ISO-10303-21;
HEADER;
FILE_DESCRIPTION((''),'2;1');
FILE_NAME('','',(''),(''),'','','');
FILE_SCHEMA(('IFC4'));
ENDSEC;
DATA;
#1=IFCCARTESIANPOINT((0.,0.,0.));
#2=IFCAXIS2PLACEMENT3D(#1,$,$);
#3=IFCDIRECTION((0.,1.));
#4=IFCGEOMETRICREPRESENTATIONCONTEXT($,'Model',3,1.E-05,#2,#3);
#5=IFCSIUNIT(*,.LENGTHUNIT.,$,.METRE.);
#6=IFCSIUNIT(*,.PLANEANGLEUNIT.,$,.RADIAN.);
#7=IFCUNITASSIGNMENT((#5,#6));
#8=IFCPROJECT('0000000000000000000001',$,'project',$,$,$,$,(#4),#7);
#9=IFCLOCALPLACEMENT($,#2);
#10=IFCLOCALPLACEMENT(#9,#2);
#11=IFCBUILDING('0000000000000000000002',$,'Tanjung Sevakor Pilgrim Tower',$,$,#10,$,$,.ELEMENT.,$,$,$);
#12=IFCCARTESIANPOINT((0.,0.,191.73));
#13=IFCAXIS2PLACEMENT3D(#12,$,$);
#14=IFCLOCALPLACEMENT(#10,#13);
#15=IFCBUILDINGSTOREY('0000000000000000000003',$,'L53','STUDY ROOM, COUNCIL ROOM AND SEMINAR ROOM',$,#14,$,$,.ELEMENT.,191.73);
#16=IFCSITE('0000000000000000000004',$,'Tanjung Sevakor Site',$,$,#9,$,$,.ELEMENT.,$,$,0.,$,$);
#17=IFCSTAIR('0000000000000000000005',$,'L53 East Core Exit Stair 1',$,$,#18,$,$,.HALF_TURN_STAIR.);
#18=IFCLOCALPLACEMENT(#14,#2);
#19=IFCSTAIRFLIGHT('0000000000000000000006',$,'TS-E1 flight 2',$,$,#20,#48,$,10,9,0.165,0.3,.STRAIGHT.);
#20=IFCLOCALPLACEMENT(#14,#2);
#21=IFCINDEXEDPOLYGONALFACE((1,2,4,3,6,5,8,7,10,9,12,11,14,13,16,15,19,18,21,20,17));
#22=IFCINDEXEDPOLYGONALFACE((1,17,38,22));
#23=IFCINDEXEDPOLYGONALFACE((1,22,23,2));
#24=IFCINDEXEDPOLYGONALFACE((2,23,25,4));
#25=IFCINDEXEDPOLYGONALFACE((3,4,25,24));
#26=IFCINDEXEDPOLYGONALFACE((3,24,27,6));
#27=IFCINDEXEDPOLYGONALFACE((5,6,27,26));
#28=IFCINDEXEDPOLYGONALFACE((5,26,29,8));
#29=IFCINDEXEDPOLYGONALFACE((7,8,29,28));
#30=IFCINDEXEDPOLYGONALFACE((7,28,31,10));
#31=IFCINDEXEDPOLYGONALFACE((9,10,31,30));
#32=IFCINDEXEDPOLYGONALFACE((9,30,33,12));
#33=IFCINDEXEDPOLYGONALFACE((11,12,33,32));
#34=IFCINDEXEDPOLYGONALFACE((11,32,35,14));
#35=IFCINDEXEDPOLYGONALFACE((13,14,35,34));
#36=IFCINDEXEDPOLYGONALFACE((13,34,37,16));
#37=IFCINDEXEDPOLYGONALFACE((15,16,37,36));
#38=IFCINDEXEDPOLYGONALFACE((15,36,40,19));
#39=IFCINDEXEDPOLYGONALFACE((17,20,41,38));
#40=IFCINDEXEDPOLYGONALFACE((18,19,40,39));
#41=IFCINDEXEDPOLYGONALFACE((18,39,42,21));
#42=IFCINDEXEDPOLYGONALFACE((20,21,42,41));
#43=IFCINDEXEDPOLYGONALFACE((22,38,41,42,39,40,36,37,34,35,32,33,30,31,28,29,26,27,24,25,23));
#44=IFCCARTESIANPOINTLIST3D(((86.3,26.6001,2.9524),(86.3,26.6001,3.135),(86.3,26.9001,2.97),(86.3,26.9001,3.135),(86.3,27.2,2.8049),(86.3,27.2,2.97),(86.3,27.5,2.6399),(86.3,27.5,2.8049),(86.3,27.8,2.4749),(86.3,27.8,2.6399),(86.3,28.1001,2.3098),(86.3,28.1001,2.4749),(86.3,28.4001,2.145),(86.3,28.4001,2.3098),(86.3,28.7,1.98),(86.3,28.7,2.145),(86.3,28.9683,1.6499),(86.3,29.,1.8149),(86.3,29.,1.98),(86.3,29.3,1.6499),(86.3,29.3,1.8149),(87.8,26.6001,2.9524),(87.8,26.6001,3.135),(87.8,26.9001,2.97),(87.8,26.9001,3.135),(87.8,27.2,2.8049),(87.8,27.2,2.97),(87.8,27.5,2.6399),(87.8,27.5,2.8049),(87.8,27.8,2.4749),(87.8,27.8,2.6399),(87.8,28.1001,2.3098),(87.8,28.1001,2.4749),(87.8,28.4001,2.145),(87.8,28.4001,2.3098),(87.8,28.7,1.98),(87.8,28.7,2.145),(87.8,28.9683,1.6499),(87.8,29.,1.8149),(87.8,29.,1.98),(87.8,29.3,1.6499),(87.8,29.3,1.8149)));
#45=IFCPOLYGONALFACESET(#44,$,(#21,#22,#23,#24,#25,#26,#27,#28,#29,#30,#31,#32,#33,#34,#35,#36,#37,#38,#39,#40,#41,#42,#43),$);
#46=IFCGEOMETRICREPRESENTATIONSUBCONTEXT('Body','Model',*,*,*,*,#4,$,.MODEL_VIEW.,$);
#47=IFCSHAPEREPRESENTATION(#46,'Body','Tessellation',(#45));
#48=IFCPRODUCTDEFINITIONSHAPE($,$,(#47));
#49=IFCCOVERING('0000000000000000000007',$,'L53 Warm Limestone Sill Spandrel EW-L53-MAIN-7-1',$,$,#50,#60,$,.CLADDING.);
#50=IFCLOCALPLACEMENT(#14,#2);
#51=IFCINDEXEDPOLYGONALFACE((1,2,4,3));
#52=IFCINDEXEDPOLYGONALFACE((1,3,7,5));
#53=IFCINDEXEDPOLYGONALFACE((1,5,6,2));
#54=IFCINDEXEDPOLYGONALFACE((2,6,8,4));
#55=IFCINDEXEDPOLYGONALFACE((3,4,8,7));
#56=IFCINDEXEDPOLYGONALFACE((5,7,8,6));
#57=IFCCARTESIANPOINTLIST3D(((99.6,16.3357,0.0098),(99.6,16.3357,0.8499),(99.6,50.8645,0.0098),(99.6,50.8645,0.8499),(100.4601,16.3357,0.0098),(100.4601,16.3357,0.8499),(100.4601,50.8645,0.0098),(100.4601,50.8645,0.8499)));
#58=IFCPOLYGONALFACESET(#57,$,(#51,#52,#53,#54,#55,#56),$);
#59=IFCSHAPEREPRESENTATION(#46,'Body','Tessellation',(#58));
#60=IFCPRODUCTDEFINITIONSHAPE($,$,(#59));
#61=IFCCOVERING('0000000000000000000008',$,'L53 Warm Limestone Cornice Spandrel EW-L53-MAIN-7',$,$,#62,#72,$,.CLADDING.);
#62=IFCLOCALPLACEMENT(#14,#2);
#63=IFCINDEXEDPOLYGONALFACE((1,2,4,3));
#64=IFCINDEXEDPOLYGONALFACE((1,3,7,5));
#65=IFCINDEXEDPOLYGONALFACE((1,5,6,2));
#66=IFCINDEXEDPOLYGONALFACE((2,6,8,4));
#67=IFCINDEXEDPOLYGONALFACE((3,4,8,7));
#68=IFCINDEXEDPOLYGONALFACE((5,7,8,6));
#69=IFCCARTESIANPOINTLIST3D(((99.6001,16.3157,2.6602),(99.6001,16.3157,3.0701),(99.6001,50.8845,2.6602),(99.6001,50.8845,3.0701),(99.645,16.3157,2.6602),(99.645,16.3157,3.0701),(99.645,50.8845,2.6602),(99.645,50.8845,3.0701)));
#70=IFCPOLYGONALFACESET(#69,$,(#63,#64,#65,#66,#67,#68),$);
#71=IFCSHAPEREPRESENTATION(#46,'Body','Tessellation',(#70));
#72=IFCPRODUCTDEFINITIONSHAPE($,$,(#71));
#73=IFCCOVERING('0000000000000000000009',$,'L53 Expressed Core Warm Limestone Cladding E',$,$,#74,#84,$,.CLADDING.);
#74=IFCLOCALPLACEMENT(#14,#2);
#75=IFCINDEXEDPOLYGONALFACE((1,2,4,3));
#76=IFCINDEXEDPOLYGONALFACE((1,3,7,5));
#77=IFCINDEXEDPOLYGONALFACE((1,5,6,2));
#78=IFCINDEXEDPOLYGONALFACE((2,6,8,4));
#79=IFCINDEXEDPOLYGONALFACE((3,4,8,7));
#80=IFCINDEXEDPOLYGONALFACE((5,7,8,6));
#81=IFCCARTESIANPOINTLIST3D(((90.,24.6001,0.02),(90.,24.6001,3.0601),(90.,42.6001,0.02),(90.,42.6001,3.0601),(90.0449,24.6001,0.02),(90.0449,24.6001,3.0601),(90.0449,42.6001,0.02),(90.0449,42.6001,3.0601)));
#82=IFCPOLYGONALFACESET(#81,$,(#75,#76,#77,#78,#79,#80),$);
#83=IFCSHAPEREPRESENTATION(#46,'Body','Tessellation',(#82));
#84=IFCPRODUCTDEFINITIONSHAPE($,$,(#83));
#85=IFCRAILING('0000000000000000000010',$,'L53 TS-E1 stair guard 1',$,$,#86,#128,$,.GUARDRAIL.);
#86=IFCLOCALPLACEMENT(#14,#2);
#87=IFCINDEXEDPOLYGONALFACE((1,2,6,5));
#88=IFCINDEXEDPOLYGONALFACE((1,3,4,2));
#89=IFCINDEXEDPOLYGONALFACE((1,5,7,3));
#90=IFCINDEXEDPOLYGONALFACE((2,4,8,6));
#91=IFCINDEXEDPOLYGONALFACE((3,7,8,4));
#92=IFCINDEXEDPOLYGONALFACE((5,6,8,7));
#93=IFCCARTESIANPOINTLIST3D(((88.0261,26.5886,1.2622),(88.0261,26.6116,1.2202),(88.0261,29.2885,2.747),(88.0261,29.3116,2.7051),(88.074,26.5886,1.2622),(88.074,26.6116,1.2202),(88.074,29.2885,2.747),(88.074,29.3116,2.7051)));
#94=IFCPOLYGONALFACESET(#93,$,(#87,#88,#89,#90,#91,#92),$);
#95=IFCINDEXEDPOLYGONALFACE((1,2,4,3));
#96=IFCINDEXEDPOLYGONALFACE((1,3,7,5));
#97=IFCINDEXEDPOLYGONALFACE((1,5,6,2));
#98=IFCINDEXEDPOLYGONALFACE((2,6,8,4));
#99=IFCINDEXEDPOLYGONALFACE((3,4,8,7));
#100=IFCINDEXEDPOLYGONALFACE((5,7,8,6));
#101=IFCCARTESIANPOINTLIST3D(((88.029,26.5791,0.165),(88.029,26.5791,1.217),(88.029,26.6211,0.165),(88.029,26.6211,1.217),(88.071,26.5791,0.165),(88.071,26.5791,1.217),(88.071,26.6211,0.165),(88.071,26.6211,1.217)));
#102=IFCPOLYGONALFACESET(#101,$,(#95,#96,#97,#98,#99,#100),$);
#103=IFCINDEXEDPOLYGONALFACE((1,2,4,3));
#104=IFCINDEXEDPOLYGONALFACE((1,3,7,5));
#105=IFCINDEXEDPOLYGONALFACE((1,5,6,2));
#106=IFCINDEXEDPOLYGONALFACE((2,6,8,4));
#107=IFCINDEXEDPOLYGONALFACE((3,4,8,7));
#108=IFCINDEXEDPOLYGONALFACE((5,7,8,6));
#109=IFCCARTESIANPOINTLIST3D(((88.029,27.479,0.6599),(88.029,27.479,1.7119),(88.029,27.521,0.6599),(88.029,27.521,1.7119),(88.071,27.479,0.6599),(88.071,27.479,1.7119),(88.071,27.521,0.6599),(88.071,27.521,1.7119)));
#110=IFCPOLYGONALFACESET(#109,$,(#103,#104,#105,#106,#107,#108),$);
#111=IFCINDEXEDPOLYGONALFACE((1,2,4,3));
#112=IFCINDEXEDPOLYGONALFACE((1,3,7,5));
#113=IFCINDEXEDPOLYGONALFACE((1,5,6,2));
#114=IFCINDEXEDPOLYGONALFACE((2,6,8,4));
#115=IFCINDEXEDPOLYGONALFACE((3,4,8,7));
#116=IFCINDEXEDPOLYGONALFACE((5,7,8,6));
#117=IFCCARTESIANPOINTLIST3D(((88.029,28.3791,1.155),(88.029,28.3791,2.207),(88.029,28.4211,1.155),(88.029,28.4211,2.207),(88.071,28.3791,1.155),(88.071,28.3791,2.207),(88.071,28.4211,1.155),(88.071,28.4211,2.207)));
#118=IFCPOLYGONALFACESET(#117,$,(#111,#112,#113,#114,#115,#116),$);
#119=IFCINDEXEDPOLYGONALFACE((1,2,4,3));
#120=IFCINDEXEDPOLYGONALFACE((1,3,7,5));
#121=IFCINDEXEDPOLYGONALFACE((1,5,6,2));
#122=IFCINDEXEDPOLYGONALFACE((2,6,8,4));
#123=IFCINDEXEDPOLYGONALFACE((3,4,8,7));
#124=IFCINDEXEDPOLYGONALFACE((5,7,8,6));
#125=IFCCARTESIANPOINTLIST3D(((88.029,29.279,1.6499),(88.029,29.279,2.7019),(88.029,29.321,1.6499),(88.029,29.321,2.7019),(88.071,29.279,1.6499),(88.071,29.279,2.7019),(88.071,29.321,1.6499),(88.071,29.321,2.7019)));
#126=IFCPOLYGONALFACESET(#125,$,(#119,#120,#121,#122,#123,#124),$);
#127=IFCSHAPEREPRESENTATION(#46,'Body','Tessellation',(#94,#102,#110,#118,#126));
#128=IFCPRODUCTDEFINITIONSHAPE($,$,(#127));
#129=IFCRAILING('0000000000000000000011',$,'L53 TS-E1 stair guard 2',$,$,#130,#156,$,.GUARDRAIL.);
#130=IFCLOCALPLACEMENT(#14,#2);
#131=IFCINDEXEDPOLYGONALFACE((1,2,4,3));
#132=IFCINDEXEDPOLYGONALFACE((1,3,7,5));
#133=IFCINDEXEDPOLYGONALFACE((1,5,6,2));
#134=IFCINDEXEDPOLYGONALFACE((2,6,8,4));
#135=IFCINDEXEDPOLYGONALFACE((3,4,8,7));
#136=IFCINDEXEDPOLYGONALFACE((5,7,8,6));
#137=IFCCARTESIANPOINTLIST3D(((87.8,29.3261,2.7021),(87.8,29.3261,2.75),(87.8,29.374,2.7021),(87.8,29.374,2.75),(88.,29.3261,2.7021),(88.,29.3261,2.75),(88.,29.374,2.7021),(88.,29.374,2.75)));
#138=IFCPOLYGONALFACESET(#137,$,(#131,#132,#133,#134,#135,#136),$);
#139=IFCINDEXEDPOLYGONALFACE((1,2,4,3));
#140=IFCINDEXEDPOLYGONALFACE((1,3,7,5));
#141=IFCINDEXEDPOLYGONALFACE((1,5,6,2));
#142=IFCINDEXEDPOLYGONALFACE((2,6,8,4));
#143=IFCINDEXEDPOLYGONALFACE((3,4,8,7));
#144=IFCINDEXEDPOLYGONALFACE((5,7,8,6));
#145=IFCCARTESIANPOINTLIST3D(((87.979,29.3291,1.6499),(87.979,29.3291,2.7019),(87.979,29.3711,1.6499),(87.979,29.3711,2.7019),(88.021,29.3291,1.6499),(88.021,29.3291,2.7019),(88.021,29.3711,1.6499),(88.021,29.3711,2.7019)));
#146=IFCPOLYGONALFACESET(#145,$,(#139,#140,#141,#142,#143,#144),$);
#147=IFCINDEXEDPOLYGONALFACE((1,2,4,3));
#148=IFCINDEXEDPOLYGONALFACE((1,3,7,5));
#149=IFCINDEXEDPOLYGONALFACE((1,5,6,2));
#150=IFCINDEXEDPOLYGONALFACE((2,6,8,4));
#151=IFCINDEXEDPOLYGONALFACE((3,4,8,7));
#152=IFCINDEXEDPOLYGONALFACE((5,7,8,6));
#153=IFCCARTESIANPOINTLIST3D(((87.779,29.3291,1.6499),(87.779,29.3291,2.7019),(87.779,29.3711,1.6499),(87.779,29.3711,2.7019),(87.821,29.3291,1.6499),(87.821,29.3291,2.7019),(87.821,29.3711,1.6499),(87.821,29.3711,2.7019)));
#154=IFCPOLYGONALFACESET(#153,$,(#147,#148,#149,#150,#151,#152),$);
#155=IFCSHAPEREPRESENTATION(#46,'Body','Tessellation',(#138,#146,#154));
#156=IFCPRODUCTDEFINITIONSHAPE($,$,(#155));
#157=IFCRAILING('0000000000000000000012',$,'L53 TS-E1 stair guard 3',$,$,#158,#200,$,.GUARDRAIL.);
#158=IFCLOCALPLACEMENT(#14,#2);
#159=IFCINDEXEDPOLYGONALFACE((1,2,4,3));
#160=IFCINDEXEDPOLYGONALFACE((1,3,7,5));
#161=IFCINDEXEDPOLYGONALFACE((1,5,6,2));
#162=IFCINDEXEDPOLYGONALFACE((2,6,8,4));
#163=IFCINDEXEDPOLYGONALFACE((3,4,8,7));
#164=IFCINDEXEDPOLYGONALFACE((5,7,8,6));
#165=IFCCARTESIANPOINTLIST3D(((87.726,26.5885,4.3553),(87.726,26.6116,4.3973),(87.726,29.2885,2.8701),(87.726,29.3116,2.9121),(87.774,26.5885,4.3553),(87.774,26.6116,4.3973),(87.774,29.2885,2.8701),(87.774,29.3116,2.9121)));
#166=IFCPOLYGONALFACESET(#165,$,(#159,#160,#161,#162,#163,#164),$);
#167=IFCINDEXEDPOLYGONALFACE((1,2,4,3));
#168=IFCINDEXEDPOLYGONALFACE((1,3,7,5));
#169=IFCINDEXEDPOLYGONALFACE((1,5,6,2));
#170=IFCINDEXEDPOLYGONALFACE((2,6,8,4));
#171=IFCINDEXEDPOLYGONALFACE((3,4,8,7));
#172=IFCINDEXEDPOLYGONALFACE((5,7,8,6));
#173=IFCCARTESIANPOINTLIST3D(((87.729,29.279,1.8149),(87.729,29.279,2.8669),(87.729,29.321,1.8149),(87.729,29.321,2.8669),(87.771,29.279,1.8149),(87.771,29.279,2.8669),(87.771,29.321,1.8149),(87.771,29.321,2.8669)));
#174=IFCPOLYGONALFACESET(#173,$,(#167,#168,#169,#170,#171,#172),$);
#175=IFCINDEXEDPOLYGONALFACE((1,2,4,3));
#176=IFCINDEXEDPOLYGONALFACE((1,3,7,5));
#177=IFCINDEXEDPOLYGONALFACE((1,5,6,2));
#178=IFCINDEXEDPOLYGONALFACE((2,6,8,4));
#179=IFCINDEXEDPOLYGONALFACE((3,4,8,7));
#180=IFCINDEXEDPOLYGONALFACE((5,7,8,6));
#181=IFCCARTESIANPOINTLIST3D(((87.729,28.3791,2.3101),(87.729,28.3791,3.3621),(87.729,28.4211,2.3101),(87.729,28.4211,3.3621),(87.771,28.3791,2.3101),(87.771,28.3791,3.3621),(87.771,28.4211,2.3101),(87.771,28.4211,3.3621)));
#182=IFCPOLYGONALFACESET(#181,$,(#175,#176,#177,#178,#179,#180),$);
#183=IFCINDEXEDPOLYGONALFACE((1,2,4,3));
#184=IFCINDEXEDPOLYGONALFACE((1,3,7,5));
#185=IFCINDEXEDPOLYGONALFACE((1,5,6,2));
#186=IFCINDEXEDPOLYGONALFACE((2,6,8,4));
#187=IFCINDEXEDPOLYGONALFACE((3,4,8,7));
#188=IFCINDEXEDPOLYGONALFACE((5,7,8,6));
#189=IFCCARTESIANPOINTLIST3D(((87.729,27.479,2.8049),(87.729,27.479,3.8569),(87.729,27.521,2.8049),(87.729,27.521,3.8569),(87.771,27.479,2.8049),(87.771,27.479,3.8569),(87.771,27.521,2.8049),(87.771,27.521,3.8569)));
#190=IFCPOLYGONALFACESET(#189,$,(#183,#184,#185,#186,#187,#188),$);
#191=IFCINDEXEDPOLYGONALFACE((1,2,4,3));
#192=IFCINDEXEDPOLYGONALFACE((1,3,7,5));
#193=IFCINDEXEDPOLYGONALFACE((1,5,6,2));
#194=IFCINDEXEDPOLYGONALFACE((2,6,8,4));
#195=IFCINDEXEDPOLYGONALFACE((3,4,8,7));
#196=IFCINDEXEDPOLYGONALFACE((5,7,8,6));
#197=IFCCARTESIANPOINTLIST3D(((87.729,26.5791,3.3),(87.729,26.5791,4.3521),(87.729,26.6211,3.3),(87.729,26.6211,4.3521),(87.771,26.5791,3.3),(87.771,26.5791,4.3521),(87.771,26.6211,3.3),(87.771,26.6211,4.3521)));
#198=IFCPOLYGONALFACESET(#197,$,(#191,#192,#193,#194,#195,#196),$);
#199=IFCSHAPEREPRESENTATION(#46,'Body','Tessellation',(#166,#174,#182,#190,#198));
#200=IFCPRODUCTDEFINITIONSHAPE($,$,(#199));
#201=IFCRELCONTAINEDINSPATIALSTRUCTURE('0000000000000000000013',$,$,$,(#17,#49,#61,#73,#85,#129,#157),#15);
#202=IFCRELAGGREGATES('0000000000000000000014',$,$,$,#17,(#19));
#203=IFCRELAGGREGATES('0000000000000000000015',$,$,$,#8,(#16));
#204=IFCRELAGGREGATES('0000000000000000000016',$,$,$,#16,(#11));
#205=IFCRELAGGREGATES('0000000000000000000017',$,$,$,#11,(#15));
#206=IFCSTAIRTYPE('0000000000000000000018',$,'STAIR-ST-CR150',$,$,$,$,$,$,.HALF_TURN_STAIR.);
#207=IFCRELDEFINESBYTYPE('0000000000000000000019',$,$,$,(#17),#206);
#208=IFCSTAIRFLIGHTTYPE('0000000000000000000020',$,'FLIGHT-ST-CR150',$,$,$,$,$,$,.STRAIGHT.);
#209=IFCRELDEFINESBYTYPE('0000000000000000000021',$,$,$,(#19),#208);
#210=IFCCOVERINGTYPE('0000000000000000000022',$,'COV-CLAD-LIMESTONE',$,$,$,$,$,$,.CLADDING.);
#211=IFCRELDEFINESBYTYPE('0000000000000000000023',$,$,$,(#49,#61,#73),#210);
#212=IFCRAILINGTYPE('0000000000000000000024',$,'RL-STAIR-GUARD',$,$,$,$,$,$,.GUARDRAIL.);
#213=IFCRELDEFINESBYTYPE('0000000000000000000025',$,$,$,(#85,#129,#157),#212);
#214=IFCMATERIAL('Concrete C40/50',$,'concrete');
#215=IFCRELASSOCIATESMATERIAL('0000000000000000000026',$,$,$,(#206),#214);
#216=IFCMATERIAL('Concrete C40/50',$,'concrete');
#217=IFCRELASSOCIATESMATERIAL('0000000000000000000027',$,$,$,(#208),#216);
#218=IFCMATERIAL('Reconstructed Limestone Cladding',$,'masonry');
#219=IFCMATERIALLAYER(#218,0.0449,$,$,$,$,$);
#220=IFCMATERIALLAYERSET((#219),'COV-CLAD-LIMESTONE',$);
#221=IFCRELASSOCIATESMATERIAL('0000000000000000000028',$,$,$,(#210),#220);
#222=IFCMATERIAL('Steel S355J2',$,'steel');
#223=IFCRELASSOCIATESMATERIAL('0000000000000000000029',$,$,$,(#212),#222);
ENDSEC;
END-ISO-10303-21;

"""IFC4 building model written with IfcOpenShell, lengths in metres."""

from ifc_helpers import new_model, si_unit, direction, frame, origin, origin_2d, place, context, subcontext, project, spatial, polyline, rectangle, outline, extrude, material, layer, layer_set, type_object, element, aggregate, save


model = new_model("IFC4")

# Units and contexts
model_context = context("Model", 3, precision=1e-05, world=origin(), true_north=direction((0.0, 1.0)))
body_context = subcontext(model_context, "Body", "Model", "MODEL_VIEW")
ifc_project = project(units=[si_unit("LENGTHUNIT", "METRE"), si_unit("PLANEANGLEUNIT", "RADIAN")], contexts=[model_context])

# Site, building, storey
site_placement = place(None, origin())
site = spatial("IfcSite", under=ifc_project, at=site_placement, Name="Tanjung Sevakor Site", CompositionType="ELEMENT", RefElevation=0.0)
building_placement = place(site_placement, origin())
building = spatial("IfcBuilding", under=site, at=building_placement, Name="Tanjung Sevakor Pilgrim Tower", CompositionType="ELEMENT")
storey_placement = place(building_placement, frame((0.0, 0.0, 191.73)))
storey = spatial("IfcBuildingStorey", under=building, at=storey_placement, Name="L53", Description="STUDY ROOM, COUNCIL ROOM AND SEMINAR ROOM", CompositionType="ELEMENT", Elevation=191.73)

# Stair, stair flight
ifc_material_1 = material(Name="Concrete C40/50", Category="concrete")
stair_type = type_object("IfcStairType", Name="STAIR-ST-CR150", PredefinedType="HALF_TURN_STAIR", material=ifc_material_1)
stair_placement = place(storey_placement, origin())
stair = element("IfcStair", 1, at=stair_placement, inside=storey, type_object=stair_type, Name="L53 East Core Exit Stair 1", PredefinedType="HALF_TURN_STAIR")
ifc_material_2 = material(Name="Concrete C40/50", Category="concrete")
stair_flight_type = type_object("IfcStairFlightType", Name="FLIGHT-ST-CR150", PredefinedType="STRAIGHT", material=ifc_material_2)
stair_flight_1_placement = place(storey_placement, frame((87.05, 29.3, 1.6499), z_axis=(0.0, 0.0, 1.0), x_axis=(0.0, -1.0, 0.0)))
stair_flight_1 = element("IfcStairFlight", 2, at=stair_flight_1_placement, type_object=stair_flight_type, Name="TS-E1 flight 2", NumberOfRisers=10, NumberOfTreads=9, PredefinedType="STRAIGHT", RiserHeight=0.165, TreadLength=0.3, context=body_context, shape_type="SweptSolid", body=[
    extrude(outline(polyline([(0.0, 0.0), (0.0, 0.165), (0.3, 0.165), (0.3, 0.3301), (0.6001, 0.3301), (0.6001, 0.4951), (0.8999, 0.4951), (0.8999, 0.6599), (1.2, 0.6599), (1.2, 0.825), (1.5, 0.825), (1.5, 0.99), (1.8, 0.99), (1.8, 1.155), (2.1001, 1.155), (2.1001, 1.3201), (2.3999, 1.3201), (2.3999, 1.4851), (2.7, 1.4851), (2.7, 1.6499), (2.7, 1.3025), (0.3318, 0.0), (0.0, 0.0)])), frame((0.0, 0.75, 0.0), z_axis=(0.0, -1.0, 0.0), x_axis=(1.0, 0.0, 0.0)), (0.0, 0.0, 1.0), 1.5),
])
aggregate(stair, [stair_flight_1])

# Coverings
ifc_material_3 = material(Name="Reconstructed Limestone Cladding", Category="masonry")
ifc_layer_1 = layer(ifc_material_3, 0.0449)
ifc_layer_set_1 = layer_set([ifc_layer_1], Name="COV-CLAD-LIMESTONE")
covering_type = type_object("IfcCoveringType", Name="COV-CLAD-LIMESTONE", PredefinedType="CLADDING", material=ifc_layer_set_1)
covering_1_placement = place(storey_placement, frame((100.03, 33.6001, 0.0098), z_axis=(0.0, 0.0, 1.0), x_axis=(0.0, 1.0, 0.0)))
element("IfcCovering", 3, at=covering_1_placement, inside=storey, type_object=covering_type, Name="L53 Warm Limestone Sill Spandrel EW-L53-MAIN-7-1", PredefinedType="CLADDING", context=body_context, shape_type="SweptSolid", body=[
    extrude(rectangle(XDim=34.5288, YDim=0.8601, at=origin_2d()), origin(), (0.0, 0.0, 1.0), 0.8401),
])
covering_2_placement = place(storey_placement, frame((99.6226, 33.6001, 2.6602), z_axis=(0.0, 0.0, 1.0), x_axis=(0.0, 1.0, 0.0)))
element("IfcCovering", 4, at=covering_2_placement, inside=storey, type_object=covering_type, Name="L53 Warm Limestone Cornice Spandrel EW-L53-MAIN-7", PredefinedType="CLADDING", context=body_context, shape_type="SweptSolid", body=[
    extrude(rectangle(XDim=34.5688, YDim=0.0449, at=origin_2d()), origin(), (0.0, 0.0, 1.0), 0.4099),
])
covering_3_placement = place(storey_placement, frame((90.0225, 33.6001, 0.02), z_axis=(0.0, 0.0, 1.0), x_axis=(1.0, 0.0, 0.0)))
element("IfcCovering", 5, at=covering_3_placement, inside=storey, type_object=covering_type, Name="L53 Expressed Core Warm Limestone Cladding E", PredefinedType="CLADDING", context=body_context, shape_type="SweptSolid", body=[
    extrude(rectangle(XDim=0.0449, YDim=18.0, at=origin_2d()), origin(), (0.0, 0.0, 1.0), 3.04),
])

# Railings
ifc_material_4 = material(Name="Steel S355J2", Category="steel")
railing_type_1 = type_object("IfcRailingType", Name="RL-STAIR-GUARD", PredefinedType="GUARDRAIL", material=ifc_material_4)
railing_1_placement = place(storey_placement, frame((88.05, 26.6001, 0.165)))
element("IfcRailing", 6, at=railing_1_placement, inside=storey, type_object=railing_type_1, Name="L53 TS-E1 stair guard 1", PredefinedType="GUARDRAIL", context=body_context, shape_type="SweptSolid", body=[
    extrude(rectangle(XDim=0.0479, YDim=0.0479), frame((0.0, 0.0, 1.0762), z_axis=(0.0, 0.876231, 0.481891), x_axis=(-1.0, 0.0, 0.0)), (0.0, 0.0, 1.0), 3.0813),
    extrude(rectangle(XDim=0.042, YDim=0.042), origin(), (0.0, 0.0, 1.0), 1.052),
    extrude(rectangle(XDim=0.042, YDim=0.042), frame((0.0, 0.8999, 0.4949)), (0.0, 0.0, 1.0), 1.052),
    extrude(rectangle(XDim=0.042, YDim=0.042), frame((0.0, 1.8, 0.99)), (0.0, 0.0, 1.0), 1.052),
    extrude(rectangle(XDim=0.042, YDim=0.042), frame((0.0, 2.7, 1.4849)), (0.0, 0.0, 1.0), 1.052),
])
railing_2_placement = place(storey_placement, frame((88.0, 29.3501, 1.6499)))
element("IfcRailing", 7, at=railing_2_placement, inside=storey, type_object=railing_type_1, Name="L53 TS-E1 stair guard 2", PredefinedType="GUARDRAIL", context=body_context, shape_type="SweptSolid", body=[
    extrude(rectangle(XDim=0.0479, YDim=0.0479), frame((0.0, 0.0, 1.0762), z_axis=(-1.0, 0.0, 0.0), x_axis=(0.0, -1.0, 0.0)), (0.0, 0.0, 1.0), 0.2),
    extrude(rectangle(XDim=0.042, YDim=0.042), origin(), (0.0, 0.0, 1.0), 1.052),
    extrude(rectangle(XDim=0.042, YDim=0.042), frame((-0.2, 0.0, 0.0)), (0.0, 0.0, 1.0), 1.052),
])
railing_3_placement = place(storey_placement, frame((87.75, 29.3, 1.8149)))
element("IfcRailing", 8, at=railing_3_placement, inside=storey, type_object=railing_type_1, Name="L53 TS-E1 stair guard 3", PredefinedType="GUARDRAIL", context=body_context, shape_type="SweptSolid", body=[
    extrude(rectangle(XDim=0.0479, YDim=0.0479), frame((0.0, 0.0, 1.0762), z_axis=(0.0, -0.876198, 0.481952), x_axis=(1.0, 0.0, 0.0)), (0.0, 0.0, 1.0), 3.0815),
    extrude(rectangle(XDim=0.042, YDim=0.042), origin(), (0.0, 0.0, 1.0), 1.052),
    extrude(rectangle(XDim=0.042, YDim=0.042), frame((0.0, -0.8999, 0.4951)), (0.0, 0.0, 1.0), 1.052),
    extrude(rectangle(XDim=0.042, YDim=0.042), frame((0.0, -1.8, 0.99)), (0.0, 0.0, 1.0), 1.052),
    extrude(rectangle(XDim=0.042, YDim=0.042), frame((0.0, -2.7, 1.4851)), (0.0, 0.0, 1.0), 1.052),
])

save(model, "model.ifc")
